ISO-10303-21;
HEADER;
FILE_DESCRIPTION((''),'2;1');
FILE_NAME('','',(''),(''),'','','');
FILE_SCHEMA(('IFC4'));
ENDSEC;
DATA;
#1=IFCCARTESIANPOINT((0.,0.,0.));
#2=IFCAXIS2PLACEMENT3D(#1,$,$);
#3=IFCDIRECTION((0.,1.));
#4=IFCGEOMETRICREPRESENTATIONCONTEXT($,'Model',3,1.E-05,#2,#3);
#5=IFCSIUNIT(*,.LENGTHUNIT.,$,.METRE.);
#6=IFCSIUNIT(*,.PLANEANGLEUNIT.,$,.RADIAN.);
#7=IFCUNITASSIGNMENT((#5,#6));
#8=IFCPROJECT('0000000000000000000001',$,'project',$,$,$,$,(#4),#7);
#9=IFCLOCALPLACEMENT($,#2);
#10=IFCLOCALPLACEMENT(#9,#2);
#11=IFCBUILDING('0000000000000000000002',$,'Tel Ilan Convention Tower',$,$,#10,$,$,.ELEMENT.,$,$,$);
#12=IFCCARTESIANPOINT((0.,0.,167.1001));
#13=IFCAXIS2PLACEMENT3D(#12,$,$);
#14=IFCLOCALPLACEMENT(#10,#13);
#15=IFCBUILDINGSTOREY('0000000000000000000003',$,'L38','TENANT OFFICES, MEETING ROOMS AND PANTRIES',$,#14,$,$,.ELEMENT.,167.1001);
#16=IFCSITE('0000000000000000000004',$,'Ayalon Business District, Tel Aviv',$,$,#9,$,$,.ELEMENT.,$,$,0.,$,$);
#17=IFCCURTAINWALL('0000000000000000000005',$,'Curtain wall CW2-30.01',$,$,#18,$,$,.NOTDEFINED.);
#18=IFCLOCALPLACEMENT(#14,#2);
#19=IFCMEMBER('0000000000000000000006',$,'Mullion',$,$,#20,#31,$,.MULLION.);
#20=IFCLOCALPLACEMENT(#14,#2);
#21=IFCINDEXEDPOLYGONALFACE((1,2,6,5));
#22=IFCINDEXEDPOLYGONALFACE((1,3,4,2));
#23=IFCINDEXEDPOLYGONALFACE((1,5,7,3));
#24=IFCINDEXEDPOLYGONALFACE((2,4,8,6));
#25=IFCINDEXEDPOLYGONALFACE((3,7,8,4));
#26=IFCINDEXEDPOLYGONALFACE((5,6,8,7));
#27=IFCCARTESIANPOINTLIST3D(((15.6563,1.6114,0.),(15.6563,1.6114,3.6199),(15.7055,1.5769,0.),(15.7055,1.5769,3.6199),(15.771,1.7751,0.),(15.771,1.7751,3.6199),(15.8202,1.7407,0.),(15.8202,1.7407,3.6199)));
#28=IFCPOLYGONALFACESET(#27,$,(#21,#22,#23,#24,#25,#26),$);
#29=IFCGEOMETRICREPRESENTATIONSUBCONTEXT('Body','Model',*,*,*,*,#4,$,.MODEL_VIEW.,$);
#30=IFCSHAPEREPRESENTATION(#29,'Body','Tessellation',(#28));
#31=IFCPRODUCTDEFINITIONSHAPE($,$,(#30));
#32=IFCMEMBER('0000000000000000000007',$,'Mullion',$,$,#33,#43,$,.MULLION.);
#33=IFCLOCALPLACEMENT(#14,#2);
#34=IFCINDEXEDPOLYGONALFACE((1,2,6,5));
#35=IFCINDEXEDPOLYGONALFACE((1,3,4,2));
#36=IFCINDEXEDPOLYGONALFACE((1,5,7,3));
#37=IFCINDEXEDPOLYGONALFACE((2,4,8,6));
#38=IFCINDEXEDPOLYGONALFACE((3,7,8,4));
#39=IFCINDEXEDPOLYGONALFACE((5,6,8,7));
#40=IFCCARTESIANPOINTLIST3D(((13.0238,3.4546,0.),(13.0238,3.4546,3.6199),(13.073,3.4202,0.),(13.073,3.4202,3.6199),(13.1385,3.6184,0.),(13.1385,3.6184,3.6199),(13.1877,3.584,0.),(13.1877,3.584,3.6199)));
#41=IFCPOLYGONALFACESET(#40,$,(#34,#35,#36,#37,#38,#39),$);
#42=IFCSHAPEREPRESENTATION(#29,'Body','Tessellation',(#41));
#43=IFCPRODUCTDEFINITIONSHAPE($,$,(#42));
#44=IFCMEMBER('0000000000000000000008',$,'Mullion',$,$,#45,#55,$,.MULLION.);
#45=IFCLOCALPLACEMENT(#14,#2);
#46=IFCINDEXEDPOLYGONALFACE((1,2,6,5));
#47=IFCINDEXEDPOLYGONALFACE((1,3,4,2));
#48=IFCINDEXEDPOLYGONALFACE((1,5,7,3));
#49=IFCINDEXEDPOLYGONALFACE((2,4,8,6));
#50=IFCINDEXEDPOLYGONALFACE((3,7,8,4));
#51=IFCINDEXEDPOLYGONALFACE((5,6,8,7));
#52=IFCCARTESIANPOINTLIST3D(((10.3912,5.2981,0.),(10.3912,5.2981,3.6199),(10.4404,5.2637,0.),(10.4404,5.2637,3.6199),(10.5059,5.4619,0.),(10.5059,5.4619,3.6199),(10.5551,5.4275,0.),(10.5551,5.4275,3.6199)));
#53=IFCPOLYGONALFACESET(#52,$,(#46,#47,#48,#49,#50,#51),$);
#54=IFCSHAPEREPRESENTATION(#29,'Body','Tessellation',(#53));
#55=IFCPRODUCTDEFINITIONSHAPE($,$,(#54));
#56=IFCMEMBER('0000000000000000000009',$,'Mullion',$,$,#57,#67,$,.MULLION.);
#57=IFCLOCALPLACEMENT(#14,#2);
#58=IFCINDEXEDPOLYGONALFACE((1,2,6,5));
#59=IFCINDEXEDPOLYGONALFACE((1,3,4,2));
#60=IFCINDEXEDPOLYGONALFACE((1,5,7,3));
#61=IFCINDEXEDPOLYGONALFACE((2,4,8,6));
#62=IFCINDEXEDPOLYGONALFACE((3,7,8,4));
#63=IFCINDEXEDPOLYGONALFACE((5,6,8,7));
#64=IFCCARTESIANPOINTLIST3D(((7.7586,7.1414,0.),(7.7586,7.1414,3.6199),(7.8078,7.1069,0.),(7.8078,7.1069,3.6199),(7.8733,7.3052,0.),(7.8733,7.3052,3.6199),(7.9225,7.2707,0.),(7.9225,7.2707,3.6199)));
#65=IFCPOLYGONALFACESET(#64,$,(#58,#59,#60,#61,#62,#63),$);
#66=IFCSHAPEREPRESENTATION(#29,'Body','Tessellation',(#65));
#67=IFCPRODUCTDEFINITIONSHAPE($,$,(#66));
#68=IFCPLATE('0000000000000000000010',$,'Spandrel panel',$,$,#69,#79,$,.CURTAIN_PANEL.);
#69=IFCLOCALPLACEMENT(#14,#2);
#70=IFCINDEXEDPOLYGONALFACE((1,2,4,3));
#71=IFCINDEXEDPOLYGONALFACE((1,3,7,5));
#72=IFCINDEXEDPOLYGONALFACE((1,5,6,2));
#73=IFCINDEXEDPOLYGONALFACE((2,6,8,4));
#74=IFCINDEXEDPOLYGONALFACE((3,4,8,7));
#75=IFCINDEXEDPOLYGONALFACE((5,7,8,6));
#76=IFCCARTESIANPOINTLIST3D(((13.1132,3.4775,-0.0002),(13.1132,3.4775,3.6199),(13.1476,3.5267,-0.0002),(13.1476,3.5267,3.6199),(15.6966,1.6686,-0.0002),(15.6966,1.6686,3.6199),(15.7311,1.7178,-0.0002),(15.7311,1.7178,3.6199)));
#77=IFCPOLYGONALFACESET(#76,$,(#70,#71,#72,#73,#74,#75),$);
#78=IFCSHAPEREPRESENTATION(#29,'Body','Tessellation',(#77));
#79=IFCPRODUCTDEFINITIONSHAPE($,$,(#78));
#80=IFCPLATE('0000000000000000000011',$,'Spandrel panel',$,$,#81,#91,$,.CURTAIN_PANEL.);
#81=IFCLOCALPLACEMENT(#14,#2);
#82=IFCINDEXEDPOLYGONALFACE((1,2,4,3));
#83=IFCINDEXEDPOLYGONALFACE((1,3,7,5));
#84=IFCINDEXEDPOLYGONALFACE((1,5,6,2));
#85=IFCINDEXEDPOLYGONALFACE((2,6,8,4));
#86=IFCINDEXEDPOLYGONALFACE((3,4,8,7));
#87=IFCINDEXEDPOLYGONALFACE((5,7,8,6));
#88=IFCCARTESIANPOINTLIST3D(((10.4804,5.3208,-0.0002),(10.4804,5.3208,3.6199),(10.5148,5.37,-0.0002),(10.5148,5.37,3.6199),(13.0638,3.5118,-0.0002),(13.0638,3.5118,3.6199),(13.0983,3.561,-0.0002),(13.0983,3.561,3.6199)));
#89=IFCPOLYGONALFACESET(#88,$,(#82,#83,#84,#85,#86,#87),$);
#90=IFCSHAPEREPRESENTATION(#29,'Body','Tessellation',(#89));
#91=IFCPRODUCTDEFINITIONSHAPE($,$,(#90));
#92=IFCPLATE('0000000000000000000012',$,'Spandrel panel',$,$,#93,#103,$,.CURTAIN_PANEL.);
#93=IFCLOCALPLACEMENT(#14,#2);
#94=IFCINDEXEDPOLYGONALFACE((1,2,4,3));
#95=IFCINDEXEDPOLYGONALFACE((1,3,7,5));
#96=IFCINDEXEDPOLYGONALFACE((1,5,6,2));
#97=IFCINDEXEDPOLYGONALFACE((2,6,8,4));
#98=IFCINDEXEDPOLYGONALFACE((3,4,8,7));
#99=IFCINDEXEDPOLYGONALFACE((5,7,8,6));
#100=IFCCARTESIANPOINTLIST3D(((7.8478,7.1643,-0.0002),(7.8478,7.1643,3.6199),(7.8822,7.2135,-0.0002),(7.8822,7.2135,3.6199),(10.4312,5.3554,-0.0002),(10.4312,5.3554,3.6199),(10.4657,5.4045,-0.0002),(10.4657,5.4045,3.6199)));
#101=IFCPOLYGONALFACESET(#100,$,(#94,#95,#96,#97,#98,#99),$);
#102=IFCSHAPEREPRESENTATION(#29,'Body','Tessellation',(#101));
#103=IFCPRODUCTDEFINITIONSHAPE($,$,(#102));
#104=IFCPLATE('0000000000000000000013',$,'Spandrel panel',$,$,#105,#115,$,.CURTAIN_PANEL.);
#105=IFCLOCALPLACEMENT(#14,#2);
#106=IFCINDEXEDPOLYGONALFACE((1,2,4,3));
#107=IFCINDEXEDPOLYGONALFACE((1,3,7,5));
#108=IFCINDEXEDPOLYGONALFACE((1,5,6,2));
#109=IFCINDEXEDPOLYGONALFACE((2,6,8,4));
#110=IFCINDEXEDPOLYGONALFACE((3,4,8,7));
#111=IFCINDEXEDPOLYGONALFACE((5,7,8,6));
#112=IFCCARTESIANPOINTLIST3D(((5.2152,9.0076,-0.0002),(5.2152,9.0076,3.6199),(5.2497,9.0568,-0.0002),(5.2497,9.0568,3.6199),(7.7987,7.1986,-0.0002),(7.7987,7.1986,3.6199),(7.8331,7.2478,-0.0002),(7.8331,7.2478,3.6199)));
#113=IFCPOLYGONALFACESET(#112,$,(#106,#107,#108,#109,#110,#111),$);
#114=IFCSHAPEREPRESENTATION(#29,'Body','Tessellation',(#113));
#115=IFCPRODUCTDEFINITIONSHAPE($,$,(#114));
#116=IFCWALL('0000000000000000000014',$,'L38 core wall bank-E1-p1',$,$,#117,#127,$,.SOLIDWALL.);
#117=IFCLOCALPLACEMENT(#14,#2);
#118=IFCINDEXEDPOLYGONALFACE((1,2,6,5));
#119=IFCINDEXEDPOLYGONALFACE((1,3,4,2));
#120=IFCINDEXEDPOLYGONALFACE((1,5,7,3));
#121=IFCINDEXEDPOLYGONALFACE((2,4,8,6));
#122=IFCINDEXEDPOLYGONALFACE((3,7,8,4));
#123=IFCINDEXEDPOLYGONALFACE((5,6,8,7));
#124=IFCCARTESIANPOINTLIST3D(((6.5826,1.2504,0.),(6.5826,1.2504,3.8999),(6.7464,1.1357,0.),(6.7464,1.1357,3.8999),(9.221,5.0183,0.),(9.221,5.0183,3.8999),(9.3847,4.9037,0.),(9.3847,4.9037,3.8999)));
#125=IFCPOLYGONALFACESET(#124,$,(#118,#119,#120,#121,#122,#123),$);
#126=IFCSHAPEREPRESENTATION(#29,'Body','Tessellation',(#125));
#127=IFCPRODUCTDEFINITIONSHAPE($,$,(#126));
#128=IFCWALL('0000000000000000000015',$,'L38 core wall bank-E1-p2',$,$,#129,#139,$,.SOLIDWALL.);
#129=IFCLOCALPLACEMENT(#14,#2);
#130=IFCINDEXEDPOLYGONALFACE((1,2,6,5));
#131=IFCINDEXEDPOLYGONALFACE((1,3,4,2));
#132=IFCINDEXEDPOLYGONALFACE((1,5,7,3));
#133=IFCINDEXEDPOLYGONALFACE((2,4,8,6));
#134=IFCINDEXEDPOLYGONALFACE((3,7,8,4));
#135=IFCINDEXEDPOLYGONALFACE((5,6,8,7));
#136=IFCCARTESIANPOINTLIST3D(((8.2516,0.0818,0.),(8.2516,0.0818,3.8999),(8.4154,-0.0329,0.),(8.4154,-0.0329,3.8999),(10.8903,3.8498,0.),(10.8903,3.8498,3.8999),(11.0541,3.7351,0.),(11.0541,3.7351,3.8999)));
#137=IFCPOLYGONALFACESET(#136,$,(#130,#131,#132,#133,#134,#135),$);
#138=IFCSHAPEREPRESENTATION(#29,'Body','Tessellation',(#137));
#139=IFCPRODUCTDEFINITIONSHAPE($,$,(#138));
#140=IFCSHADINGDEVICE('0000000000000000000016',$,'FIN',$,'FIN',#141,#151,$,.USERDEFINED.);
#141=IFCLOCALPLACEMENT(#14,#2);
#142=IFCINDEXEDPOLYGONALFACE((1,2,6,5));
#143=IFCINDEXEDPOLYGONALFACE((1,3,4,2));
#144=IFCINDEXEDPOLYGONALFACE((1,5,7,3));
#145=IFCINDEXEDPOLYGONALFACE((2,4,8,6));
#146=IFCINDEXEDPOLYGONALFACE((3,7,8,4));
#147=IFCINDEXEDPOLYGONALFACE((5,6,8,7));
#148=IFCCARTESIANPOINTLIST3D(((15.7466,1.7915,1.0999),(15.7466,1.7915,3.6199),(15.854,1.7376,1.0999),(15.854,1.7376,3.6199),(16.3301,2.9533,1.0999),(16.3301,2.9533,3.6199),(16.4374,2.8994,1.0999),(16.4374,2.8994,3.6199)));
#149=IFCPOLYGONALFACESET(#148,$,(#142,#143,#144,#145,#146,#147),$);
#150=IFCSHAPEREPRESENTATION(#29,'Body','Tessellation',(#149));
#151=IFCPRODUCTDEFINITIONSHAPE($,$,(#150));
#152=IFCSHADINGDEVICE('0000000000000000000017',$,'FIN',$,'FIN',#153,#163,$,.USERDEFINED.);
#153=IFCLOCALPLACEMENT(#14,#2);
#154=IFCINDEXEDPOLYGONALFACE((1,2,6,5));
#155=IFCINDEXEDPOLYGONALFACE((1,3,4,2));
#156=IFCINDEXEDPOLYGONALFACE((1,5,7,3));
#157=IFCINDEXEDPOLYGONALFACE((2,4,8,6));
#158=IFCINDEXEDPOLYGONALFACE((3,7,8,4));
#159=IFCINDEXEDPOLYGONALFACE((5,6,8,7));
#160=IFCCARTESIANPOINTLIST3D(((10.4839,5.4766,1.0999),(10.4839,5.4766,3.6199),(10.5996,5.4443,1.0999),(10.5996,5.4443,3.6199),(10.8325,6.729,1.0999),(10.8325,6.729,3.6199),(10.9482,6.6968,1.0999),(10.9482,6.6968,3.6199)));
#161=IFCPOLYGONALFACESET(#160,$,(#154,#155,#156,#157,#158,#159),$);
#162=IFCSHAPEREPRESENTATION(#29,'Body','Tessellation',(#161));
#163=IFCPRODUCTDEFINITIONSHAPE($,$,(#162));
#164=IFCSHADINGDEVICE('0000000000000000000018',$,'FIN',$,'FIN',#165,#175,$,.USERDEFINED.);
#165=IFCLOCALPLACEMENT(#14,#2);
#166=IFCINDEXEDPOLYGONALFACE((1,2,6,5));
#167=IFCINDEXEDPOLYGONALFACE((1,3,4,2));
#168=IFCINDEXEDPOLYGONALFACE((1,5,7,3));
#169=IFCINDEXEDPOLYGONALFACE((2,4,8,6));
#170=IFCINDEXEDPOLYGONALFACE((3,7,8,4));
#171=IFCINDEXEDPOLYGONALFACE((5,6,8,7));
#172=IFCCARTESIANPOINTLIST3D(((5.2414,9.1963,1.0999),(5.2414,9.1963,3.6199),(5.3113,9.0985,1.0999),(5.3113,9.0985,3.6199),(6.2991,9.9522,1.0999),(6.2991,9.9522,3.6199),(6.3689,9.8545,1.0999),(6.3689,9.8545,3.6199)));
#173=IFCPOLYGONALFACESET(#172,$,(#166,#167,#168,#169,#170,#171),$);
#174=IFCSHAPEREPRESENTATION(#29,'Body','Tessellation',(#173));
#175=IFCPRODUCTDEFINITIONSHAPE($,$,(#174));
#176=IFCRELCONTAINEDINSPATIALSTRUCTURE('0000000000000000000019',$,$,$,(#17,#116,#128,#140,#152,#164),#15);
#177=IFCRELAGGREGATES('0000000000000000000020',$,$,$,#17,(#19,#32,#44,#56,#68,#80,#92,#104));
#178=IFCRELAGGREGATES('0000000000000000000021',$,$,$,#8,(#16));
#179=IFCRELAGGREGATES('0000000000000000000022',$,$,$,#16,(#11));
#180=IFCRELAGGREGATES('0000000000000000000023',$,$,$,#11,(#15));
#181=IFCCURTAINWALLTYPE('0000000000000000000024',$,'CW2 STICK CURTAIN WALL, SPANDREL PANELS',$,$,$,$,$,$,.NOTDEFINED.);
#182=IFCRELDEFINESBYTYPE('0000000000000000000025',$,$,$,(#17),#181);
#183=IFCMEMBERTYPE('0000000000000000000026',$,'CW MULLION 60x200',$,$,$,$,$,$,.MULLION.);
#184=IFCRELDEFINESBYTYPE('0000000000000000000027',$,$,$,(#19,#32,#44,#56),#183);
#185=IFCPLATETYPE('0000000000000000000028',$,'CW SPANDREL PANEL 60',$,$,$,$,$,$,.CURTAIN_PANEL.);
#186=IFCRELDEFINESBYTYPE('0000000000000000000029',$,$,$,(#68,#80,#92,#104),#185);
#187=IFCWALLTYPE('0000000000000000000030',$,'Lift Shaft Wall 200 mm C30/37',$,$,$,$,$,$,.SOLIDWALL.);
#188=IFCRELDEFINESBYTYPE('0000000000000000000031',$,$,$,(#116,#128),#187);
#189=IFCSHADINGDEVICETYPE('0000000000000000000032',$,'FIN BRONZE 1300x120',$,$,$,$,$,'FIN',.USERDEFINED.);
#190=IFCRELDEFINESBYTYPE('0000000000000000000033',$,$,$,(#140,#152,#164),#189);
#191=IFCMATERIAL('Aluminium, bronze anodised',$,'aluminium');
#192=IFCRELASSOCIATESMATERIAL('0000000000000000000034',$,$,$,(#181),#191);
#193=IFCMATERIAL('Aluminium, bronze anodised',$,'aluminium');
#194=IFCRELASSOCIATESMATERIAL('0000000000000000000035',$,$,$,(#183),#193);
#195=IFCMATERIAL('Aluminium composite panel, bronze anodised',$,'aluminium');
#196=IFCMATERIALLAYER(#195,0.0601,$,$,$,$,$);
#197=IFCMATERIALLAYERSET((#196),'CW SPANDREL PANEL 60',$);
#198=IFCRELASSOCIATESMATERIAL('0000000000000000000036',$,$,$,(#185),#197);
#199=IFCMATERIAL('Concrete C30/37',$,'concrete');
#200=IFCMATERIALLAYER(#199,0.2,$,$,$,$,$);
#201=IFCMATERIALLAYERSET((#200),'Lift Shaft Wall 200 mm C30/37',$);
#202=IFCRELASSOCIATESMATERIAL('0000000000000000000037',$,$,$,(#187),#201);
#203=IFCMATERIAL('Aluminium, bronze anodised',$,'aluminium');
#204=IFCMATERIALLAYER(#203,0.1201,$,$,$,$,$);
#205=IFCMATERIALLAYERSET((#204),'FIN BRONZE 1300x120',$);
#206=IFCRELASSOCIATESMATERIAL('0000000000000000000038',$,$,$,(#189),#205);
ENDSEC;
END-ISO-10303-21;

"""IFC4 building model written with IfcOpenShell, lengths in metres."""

from ifc_helpers import new_model, si_unit, direction, frame, frame_2d, origin, origin_2d, place, context, subcontext, project, spatial, rectangle, extrude, material, layer, layer_set, material_profile, profile_set, type_object, element, aggregate, save


model = new_model("IFC4")

# Units and contexts
model_context = context("Model", 3, precision=1e-05, world=origin(), true_north=direction((0.0, 1.0)))
body_context = subcontext(model_context, "Body", "Model", "MODEL_VIEW")
ifc_project = project(units=[si_unit("LENGTHUNIT", "METRE"), si_unit("PLANEANGLEUNIT", "RADIAN")], contexts=[model_context])

# Site, building, storey
site_placement = place(None, origin())
site = spatial("IfcSite", under=ifc_project, at=site_placement, Name="Ayalon Business District, Tel Aviv", CompositionType="ELEMENT", RefElevation=0.0)
building_placement = place(site_placement, origin())
building = spatial("IfcBuilding", under=site, at=building_placement, Name="Tel Ilan Convention Tower", CompositionType="ELEMENT")
storey_placement = place(building_placement, frame((0.0, 0.0, 167.1001)))
storey = spatial("IfcBuildingStorey", under=building, at=storey_placement, Name="L38", Description="TENANT OFFICES, MEETING ROOMS AND PANTRIES", CompositionType="ELEMENT", Elevation=167.1001)

# Curtain wall, members, plates
ifc_material_1 = material(Name="Aluminium, bronze anodised", Category="aluminium")
curtain_wall_type = type_object("IfcCurtainWallType", Name="CW2 STICK CURTAIN WALL, SPANDREL PANELS", PredefinedType="NOTDEFINED", material=ifc_material_1)
curtain_wall_placement = place(storey_placement, origin())
curtain_wall = element("IfcCurtainWall", 1, at=curtain_wall_placement, inside=storey, type_object=curtain_wall_type, Name="Curtain wall CW2-30.01", PredefinedType="NOTDEFINED")
ifc_material_2 = material(Name="Aluminium, bronze anodised", Category="aluminium")
ifc_material_profile = material_profile(ifc_material_2, rectangle(XDim=0.0601, YDim=0.2, at=origin_2d()), Name="CW MULLION 60x200")
ifc_profile_set = profile_set([ifc_material_profile], Name="Aluminium, bronze anodised")
member_type = type_object("IfcMemberType", Name="CW MULLION 60x200", PredefinedType="MULLION", material=ifc_profile_set)
member_1_placement = place(storey_placement, frame((15.7383, 1.676, 0.0), z_axis=(0.0, 0.0, 1.0), x_axis=(-0.819152, 0.573576, 0.0)))
member_1 = element("IfcMember", 2, at=member_1_placement, type_object=member_type, Name="Mullion", PredefinedType="MULLION", context=body_context, shape_type="SweptSolid", body=[
    extrude(rectangle(XDim=0.0601, YDim=0.2, at=origin_2d()), origin(), (0.0, 0.0, 1.0), 3.6199),
])
member_2_placement = place(storey_placement, frame((13.1057, 3.5193, 0.0), z_axis=(0.0, 0.0, 1.0), x_axis=(-0.819152, 0.573576, 0.0)))
member_2 = element("IfcMember", 3, at=member_2_placement, type_object=member_type, Name="Mullion", PredefinedType="MULLION", context=body_context, shape_type="SweptSolid", body=[
    extrude(rectangle(XDim=0.0601, YDim=0.2, at=origin_2d()), origin(), (0.0, 0.0, 1.0), 3.6199),
])
member_3_placement = place(storey_placement, frame((10.4731, 5.3628, 0.0), z_axis=(0.0, 0.0, 1.0), x_axis=(-0.819152, 0.573576, 0.0)))
member_3 = element("IfcMember", 4, at=member_3_placement, type_object=member_type, Name="Mullion", PredefinedType="MULLION", context=body_context, shape_type="SweptSolid", body=[
    extrude(rectangle(XDim=0.0601, YDim=0.2, at=origin_2d()), origin(), (0.0, 0.0, 1.0), 3.6199),
])
member_4_placement = place(storey_placement, frame((7.8406, 7.2061, 0.0), z_axis=(0.0, 0.0, 1.0), x_axis=(-0.819152, 0.573576, 0.0)))
member_4 = element("IfcMember", 5, at=member_4_placement, type_object=member_type, Name="Mullion", PredefinedType="MULLION", context=body_context, shape_type="SweptSolid", body=[
    extrude(rectangle(XDim=0.0601, YDim=0.2, at=origin_2d()), origin(), (0.0, 0.0, 1.0), 3.6199),
])
ifc_material_3 = material(Name="Aluminium composite panel, bronze anodised", Category="aluminium")
ifc_layer_1 = layer(ifc_material_3, 0.0601)
ifc_layer_set_1 = layer_set([ifc_layer_1], Name="CW SPANDREL PANEL 60")
plate_type = type_object("IfcPlateType", Name="CW SPANDREL PANEL 60", PredefinedType="CURTAIN_PANEL", material=ifc_layer_set_1)
plate_1_placement = place(storey_placement, frame((14.4221, 2.5977, -0.0002), z_axis=(0.0, 0.0, 1.0), x_axis=(-0.819152, 0.573576, 0.0)))
plate_1 = element("IfcPlate", 6, at=plate_1_placement, type_object=plate_type, Name="Spandrel panel", PredefinedType="CURTAIN_PANEL", context=body_context, shape_type="SweptSolid", body=[
    extrude(rectangle(XDim=3.1538, YDim=0.0601, at=origin_2d()), origin(), (0.0, 0.0, 1.0), 3.6201),
])
plate_2_placement = place(storey_placement, frame((11.7893, 4.4409, -0.0002), z_axis=(0.0, 0.0, 1.0), x_axis=(-0.819152, 0.573576, 0.0)))
plate_2 = element("IfcPlate", 7, at=plate_2_placement, type_object=plate_type, Name="Spandrel panel", PredefinedType="CURTAIN_PANEL", context=body_context, shape_type="SweptSolid", body=[
    extrude(rectangle(XDim=3.1538, YDim=0.0601, at=origin_2d()), origin(), (0.0, 0.0, 1.0), 3.6201),
])
plate_3_placement = place(storey_placement, frame((9.1567, 6.2844, -0.0002), z_axis=(0.0, 0.0, 1.0), x_axis=(-0.819152, 0.573576, 0.0)))
plate_3 = element("IfcPlate", 8, at=plate_3_placement, type_object=plate_type, Name="Spandrel panel", PredefinedType="CURTAIN_PANEL", context=body_context, shape_type="SweptSolid", body=[
    extrude(rectangle(XDim=3.1538, YDim=0.0601, at=origin_2d()), origin(), (0.0, 0.0, 1.0), 3.6201),
])
plate_4_placement = place(storey_placement, frame((6.5242, 8.1277, -0.0002), z_axis=(0.0, 0.0, 1.0), x_axis=(-0.819152, 0.573576, 0.0)))
plate_4 = element("IfcPlate", 9, at=plate_4_placement, type_object=plate_type, Name="Spandrel panel", PredefinedType="CURTAIN_PANEL", context=body_context, shape_type="SweptSolid", body=[
    extrude(rectangle(XDim=3.1538, YDim=0.0601, at=origin_2d()), origin(), (0.0, 0.0, 1.0), 3.6201),
])
aggregate(curtain_wall, [member_1, member_2, member_3, member_4, plate_1, plate_2, plate_3, plate_4])

# Walls
ifc_material_4 = material(Name="Concrete C30/37", Category="concrete")
ifc_layer_2 = layer(ifc_material_4, 0.2)
ifc_layer_set_2 = layer_set([ifc_layer_2], Name="Lift Shaft Wall 200 mm C30/37")
wall_type = type_object("IfcWallType", Name="Lift Shaft Wall 200 mm C30/37", PredefinedType="SOLIDWALL", material=ifc_layer_set_2)
wall_1_placement = place(storey_placement, frame((6.6646, 1.1931, 0.0), z_axis=(0.0, 0.0, 1.0), x_axis=(0.573576, 0.819152, 0.0)))
element("IfcWall", 10, at=wall_1_placement, inside=storey, type_object=wall_type, Name="L38 core wall bank-E1-p1", PredefinedType="SOLIDWALL", context=body_context, shape_type="SweptSolid", body=[
    extrude(rectangle(XDim=4.5999, YDim=0.2, at=frame_2d((2.2998, 0.0))), origin(), (0.0, 0.0, 1.0), 3.8999),
])
wall_2_placement = place(storey_placement, frame((8.3335, 0.0244, 0.0), z_axis=(0.0, 0.0, 1.0), x_axis=(0.573612, 0.819127, 0.0)))
element("IfcWall", 11, at=wall_2_placement, inside=storey, type_object=wall_type, Name="L38 core wall bank-E1-p2", PredefinedType="SOLIDWALL", context=body_context, shape_type="SweptSolid", body=[
    extrude(rectangle(XDim=4.6001, YDim=0.2, at=frame_2d((2.3, 0.0))), origin(), (0.0, 0.0, 1.0), 3.8999),
])

# Shading devices
ifc_material_5 = material(Name="Aluminium, bronze anodised", Category="aluminium")
ifc_layer_3 = layer(ifc_material_5, 0.1201)
ifc_layer_set_3 = layer_set([ifc_layer_3], Name="FIN BRONZE 1300x120")
shading_device_type = type_object("IfcShadingDeviceType", Name="FIN BRONZE 1300x120", ElementType="FIN", PredefinedType="USERDEFINED", material=ifc_layer_set_3)
for number, where, z_axis, x_axis, name in (
    (12, (16.092, 2.3455, 1.0999), (0.0, 0.0, 1.0), (0.448799, 0.893633, 0.0), "FIN"),
    (13, (10.7161, 6.0867, 1.0999), (0.0, 0.0, 1.0), (0.268173, 0.963371, 0.0), "FIN"),
    (14, (5.8052, 9.5254, 1.0999), (0.0, 0.0, 1.0), (0.813552, 0.581492, 0.0), "FIN"),
):
    element("IfcShadingDevice", number, at=place(storey_placement, frame(where, z_axis=z_axis, x_axis=x_axis)), inside=storey, type_object=shading_device_type, Name=name, ObjectType="FIN", PredefinedType="USERDEFINED", context=body_context, shape_type="SweptSolid", body=[
        extrude(rectangle(XDim=1.3, YDim=0.1201, at=origin_2d()), origin(), (0.0, 0.0, 1.0), 2.52),
    ])

save(model, "model.ifc")
